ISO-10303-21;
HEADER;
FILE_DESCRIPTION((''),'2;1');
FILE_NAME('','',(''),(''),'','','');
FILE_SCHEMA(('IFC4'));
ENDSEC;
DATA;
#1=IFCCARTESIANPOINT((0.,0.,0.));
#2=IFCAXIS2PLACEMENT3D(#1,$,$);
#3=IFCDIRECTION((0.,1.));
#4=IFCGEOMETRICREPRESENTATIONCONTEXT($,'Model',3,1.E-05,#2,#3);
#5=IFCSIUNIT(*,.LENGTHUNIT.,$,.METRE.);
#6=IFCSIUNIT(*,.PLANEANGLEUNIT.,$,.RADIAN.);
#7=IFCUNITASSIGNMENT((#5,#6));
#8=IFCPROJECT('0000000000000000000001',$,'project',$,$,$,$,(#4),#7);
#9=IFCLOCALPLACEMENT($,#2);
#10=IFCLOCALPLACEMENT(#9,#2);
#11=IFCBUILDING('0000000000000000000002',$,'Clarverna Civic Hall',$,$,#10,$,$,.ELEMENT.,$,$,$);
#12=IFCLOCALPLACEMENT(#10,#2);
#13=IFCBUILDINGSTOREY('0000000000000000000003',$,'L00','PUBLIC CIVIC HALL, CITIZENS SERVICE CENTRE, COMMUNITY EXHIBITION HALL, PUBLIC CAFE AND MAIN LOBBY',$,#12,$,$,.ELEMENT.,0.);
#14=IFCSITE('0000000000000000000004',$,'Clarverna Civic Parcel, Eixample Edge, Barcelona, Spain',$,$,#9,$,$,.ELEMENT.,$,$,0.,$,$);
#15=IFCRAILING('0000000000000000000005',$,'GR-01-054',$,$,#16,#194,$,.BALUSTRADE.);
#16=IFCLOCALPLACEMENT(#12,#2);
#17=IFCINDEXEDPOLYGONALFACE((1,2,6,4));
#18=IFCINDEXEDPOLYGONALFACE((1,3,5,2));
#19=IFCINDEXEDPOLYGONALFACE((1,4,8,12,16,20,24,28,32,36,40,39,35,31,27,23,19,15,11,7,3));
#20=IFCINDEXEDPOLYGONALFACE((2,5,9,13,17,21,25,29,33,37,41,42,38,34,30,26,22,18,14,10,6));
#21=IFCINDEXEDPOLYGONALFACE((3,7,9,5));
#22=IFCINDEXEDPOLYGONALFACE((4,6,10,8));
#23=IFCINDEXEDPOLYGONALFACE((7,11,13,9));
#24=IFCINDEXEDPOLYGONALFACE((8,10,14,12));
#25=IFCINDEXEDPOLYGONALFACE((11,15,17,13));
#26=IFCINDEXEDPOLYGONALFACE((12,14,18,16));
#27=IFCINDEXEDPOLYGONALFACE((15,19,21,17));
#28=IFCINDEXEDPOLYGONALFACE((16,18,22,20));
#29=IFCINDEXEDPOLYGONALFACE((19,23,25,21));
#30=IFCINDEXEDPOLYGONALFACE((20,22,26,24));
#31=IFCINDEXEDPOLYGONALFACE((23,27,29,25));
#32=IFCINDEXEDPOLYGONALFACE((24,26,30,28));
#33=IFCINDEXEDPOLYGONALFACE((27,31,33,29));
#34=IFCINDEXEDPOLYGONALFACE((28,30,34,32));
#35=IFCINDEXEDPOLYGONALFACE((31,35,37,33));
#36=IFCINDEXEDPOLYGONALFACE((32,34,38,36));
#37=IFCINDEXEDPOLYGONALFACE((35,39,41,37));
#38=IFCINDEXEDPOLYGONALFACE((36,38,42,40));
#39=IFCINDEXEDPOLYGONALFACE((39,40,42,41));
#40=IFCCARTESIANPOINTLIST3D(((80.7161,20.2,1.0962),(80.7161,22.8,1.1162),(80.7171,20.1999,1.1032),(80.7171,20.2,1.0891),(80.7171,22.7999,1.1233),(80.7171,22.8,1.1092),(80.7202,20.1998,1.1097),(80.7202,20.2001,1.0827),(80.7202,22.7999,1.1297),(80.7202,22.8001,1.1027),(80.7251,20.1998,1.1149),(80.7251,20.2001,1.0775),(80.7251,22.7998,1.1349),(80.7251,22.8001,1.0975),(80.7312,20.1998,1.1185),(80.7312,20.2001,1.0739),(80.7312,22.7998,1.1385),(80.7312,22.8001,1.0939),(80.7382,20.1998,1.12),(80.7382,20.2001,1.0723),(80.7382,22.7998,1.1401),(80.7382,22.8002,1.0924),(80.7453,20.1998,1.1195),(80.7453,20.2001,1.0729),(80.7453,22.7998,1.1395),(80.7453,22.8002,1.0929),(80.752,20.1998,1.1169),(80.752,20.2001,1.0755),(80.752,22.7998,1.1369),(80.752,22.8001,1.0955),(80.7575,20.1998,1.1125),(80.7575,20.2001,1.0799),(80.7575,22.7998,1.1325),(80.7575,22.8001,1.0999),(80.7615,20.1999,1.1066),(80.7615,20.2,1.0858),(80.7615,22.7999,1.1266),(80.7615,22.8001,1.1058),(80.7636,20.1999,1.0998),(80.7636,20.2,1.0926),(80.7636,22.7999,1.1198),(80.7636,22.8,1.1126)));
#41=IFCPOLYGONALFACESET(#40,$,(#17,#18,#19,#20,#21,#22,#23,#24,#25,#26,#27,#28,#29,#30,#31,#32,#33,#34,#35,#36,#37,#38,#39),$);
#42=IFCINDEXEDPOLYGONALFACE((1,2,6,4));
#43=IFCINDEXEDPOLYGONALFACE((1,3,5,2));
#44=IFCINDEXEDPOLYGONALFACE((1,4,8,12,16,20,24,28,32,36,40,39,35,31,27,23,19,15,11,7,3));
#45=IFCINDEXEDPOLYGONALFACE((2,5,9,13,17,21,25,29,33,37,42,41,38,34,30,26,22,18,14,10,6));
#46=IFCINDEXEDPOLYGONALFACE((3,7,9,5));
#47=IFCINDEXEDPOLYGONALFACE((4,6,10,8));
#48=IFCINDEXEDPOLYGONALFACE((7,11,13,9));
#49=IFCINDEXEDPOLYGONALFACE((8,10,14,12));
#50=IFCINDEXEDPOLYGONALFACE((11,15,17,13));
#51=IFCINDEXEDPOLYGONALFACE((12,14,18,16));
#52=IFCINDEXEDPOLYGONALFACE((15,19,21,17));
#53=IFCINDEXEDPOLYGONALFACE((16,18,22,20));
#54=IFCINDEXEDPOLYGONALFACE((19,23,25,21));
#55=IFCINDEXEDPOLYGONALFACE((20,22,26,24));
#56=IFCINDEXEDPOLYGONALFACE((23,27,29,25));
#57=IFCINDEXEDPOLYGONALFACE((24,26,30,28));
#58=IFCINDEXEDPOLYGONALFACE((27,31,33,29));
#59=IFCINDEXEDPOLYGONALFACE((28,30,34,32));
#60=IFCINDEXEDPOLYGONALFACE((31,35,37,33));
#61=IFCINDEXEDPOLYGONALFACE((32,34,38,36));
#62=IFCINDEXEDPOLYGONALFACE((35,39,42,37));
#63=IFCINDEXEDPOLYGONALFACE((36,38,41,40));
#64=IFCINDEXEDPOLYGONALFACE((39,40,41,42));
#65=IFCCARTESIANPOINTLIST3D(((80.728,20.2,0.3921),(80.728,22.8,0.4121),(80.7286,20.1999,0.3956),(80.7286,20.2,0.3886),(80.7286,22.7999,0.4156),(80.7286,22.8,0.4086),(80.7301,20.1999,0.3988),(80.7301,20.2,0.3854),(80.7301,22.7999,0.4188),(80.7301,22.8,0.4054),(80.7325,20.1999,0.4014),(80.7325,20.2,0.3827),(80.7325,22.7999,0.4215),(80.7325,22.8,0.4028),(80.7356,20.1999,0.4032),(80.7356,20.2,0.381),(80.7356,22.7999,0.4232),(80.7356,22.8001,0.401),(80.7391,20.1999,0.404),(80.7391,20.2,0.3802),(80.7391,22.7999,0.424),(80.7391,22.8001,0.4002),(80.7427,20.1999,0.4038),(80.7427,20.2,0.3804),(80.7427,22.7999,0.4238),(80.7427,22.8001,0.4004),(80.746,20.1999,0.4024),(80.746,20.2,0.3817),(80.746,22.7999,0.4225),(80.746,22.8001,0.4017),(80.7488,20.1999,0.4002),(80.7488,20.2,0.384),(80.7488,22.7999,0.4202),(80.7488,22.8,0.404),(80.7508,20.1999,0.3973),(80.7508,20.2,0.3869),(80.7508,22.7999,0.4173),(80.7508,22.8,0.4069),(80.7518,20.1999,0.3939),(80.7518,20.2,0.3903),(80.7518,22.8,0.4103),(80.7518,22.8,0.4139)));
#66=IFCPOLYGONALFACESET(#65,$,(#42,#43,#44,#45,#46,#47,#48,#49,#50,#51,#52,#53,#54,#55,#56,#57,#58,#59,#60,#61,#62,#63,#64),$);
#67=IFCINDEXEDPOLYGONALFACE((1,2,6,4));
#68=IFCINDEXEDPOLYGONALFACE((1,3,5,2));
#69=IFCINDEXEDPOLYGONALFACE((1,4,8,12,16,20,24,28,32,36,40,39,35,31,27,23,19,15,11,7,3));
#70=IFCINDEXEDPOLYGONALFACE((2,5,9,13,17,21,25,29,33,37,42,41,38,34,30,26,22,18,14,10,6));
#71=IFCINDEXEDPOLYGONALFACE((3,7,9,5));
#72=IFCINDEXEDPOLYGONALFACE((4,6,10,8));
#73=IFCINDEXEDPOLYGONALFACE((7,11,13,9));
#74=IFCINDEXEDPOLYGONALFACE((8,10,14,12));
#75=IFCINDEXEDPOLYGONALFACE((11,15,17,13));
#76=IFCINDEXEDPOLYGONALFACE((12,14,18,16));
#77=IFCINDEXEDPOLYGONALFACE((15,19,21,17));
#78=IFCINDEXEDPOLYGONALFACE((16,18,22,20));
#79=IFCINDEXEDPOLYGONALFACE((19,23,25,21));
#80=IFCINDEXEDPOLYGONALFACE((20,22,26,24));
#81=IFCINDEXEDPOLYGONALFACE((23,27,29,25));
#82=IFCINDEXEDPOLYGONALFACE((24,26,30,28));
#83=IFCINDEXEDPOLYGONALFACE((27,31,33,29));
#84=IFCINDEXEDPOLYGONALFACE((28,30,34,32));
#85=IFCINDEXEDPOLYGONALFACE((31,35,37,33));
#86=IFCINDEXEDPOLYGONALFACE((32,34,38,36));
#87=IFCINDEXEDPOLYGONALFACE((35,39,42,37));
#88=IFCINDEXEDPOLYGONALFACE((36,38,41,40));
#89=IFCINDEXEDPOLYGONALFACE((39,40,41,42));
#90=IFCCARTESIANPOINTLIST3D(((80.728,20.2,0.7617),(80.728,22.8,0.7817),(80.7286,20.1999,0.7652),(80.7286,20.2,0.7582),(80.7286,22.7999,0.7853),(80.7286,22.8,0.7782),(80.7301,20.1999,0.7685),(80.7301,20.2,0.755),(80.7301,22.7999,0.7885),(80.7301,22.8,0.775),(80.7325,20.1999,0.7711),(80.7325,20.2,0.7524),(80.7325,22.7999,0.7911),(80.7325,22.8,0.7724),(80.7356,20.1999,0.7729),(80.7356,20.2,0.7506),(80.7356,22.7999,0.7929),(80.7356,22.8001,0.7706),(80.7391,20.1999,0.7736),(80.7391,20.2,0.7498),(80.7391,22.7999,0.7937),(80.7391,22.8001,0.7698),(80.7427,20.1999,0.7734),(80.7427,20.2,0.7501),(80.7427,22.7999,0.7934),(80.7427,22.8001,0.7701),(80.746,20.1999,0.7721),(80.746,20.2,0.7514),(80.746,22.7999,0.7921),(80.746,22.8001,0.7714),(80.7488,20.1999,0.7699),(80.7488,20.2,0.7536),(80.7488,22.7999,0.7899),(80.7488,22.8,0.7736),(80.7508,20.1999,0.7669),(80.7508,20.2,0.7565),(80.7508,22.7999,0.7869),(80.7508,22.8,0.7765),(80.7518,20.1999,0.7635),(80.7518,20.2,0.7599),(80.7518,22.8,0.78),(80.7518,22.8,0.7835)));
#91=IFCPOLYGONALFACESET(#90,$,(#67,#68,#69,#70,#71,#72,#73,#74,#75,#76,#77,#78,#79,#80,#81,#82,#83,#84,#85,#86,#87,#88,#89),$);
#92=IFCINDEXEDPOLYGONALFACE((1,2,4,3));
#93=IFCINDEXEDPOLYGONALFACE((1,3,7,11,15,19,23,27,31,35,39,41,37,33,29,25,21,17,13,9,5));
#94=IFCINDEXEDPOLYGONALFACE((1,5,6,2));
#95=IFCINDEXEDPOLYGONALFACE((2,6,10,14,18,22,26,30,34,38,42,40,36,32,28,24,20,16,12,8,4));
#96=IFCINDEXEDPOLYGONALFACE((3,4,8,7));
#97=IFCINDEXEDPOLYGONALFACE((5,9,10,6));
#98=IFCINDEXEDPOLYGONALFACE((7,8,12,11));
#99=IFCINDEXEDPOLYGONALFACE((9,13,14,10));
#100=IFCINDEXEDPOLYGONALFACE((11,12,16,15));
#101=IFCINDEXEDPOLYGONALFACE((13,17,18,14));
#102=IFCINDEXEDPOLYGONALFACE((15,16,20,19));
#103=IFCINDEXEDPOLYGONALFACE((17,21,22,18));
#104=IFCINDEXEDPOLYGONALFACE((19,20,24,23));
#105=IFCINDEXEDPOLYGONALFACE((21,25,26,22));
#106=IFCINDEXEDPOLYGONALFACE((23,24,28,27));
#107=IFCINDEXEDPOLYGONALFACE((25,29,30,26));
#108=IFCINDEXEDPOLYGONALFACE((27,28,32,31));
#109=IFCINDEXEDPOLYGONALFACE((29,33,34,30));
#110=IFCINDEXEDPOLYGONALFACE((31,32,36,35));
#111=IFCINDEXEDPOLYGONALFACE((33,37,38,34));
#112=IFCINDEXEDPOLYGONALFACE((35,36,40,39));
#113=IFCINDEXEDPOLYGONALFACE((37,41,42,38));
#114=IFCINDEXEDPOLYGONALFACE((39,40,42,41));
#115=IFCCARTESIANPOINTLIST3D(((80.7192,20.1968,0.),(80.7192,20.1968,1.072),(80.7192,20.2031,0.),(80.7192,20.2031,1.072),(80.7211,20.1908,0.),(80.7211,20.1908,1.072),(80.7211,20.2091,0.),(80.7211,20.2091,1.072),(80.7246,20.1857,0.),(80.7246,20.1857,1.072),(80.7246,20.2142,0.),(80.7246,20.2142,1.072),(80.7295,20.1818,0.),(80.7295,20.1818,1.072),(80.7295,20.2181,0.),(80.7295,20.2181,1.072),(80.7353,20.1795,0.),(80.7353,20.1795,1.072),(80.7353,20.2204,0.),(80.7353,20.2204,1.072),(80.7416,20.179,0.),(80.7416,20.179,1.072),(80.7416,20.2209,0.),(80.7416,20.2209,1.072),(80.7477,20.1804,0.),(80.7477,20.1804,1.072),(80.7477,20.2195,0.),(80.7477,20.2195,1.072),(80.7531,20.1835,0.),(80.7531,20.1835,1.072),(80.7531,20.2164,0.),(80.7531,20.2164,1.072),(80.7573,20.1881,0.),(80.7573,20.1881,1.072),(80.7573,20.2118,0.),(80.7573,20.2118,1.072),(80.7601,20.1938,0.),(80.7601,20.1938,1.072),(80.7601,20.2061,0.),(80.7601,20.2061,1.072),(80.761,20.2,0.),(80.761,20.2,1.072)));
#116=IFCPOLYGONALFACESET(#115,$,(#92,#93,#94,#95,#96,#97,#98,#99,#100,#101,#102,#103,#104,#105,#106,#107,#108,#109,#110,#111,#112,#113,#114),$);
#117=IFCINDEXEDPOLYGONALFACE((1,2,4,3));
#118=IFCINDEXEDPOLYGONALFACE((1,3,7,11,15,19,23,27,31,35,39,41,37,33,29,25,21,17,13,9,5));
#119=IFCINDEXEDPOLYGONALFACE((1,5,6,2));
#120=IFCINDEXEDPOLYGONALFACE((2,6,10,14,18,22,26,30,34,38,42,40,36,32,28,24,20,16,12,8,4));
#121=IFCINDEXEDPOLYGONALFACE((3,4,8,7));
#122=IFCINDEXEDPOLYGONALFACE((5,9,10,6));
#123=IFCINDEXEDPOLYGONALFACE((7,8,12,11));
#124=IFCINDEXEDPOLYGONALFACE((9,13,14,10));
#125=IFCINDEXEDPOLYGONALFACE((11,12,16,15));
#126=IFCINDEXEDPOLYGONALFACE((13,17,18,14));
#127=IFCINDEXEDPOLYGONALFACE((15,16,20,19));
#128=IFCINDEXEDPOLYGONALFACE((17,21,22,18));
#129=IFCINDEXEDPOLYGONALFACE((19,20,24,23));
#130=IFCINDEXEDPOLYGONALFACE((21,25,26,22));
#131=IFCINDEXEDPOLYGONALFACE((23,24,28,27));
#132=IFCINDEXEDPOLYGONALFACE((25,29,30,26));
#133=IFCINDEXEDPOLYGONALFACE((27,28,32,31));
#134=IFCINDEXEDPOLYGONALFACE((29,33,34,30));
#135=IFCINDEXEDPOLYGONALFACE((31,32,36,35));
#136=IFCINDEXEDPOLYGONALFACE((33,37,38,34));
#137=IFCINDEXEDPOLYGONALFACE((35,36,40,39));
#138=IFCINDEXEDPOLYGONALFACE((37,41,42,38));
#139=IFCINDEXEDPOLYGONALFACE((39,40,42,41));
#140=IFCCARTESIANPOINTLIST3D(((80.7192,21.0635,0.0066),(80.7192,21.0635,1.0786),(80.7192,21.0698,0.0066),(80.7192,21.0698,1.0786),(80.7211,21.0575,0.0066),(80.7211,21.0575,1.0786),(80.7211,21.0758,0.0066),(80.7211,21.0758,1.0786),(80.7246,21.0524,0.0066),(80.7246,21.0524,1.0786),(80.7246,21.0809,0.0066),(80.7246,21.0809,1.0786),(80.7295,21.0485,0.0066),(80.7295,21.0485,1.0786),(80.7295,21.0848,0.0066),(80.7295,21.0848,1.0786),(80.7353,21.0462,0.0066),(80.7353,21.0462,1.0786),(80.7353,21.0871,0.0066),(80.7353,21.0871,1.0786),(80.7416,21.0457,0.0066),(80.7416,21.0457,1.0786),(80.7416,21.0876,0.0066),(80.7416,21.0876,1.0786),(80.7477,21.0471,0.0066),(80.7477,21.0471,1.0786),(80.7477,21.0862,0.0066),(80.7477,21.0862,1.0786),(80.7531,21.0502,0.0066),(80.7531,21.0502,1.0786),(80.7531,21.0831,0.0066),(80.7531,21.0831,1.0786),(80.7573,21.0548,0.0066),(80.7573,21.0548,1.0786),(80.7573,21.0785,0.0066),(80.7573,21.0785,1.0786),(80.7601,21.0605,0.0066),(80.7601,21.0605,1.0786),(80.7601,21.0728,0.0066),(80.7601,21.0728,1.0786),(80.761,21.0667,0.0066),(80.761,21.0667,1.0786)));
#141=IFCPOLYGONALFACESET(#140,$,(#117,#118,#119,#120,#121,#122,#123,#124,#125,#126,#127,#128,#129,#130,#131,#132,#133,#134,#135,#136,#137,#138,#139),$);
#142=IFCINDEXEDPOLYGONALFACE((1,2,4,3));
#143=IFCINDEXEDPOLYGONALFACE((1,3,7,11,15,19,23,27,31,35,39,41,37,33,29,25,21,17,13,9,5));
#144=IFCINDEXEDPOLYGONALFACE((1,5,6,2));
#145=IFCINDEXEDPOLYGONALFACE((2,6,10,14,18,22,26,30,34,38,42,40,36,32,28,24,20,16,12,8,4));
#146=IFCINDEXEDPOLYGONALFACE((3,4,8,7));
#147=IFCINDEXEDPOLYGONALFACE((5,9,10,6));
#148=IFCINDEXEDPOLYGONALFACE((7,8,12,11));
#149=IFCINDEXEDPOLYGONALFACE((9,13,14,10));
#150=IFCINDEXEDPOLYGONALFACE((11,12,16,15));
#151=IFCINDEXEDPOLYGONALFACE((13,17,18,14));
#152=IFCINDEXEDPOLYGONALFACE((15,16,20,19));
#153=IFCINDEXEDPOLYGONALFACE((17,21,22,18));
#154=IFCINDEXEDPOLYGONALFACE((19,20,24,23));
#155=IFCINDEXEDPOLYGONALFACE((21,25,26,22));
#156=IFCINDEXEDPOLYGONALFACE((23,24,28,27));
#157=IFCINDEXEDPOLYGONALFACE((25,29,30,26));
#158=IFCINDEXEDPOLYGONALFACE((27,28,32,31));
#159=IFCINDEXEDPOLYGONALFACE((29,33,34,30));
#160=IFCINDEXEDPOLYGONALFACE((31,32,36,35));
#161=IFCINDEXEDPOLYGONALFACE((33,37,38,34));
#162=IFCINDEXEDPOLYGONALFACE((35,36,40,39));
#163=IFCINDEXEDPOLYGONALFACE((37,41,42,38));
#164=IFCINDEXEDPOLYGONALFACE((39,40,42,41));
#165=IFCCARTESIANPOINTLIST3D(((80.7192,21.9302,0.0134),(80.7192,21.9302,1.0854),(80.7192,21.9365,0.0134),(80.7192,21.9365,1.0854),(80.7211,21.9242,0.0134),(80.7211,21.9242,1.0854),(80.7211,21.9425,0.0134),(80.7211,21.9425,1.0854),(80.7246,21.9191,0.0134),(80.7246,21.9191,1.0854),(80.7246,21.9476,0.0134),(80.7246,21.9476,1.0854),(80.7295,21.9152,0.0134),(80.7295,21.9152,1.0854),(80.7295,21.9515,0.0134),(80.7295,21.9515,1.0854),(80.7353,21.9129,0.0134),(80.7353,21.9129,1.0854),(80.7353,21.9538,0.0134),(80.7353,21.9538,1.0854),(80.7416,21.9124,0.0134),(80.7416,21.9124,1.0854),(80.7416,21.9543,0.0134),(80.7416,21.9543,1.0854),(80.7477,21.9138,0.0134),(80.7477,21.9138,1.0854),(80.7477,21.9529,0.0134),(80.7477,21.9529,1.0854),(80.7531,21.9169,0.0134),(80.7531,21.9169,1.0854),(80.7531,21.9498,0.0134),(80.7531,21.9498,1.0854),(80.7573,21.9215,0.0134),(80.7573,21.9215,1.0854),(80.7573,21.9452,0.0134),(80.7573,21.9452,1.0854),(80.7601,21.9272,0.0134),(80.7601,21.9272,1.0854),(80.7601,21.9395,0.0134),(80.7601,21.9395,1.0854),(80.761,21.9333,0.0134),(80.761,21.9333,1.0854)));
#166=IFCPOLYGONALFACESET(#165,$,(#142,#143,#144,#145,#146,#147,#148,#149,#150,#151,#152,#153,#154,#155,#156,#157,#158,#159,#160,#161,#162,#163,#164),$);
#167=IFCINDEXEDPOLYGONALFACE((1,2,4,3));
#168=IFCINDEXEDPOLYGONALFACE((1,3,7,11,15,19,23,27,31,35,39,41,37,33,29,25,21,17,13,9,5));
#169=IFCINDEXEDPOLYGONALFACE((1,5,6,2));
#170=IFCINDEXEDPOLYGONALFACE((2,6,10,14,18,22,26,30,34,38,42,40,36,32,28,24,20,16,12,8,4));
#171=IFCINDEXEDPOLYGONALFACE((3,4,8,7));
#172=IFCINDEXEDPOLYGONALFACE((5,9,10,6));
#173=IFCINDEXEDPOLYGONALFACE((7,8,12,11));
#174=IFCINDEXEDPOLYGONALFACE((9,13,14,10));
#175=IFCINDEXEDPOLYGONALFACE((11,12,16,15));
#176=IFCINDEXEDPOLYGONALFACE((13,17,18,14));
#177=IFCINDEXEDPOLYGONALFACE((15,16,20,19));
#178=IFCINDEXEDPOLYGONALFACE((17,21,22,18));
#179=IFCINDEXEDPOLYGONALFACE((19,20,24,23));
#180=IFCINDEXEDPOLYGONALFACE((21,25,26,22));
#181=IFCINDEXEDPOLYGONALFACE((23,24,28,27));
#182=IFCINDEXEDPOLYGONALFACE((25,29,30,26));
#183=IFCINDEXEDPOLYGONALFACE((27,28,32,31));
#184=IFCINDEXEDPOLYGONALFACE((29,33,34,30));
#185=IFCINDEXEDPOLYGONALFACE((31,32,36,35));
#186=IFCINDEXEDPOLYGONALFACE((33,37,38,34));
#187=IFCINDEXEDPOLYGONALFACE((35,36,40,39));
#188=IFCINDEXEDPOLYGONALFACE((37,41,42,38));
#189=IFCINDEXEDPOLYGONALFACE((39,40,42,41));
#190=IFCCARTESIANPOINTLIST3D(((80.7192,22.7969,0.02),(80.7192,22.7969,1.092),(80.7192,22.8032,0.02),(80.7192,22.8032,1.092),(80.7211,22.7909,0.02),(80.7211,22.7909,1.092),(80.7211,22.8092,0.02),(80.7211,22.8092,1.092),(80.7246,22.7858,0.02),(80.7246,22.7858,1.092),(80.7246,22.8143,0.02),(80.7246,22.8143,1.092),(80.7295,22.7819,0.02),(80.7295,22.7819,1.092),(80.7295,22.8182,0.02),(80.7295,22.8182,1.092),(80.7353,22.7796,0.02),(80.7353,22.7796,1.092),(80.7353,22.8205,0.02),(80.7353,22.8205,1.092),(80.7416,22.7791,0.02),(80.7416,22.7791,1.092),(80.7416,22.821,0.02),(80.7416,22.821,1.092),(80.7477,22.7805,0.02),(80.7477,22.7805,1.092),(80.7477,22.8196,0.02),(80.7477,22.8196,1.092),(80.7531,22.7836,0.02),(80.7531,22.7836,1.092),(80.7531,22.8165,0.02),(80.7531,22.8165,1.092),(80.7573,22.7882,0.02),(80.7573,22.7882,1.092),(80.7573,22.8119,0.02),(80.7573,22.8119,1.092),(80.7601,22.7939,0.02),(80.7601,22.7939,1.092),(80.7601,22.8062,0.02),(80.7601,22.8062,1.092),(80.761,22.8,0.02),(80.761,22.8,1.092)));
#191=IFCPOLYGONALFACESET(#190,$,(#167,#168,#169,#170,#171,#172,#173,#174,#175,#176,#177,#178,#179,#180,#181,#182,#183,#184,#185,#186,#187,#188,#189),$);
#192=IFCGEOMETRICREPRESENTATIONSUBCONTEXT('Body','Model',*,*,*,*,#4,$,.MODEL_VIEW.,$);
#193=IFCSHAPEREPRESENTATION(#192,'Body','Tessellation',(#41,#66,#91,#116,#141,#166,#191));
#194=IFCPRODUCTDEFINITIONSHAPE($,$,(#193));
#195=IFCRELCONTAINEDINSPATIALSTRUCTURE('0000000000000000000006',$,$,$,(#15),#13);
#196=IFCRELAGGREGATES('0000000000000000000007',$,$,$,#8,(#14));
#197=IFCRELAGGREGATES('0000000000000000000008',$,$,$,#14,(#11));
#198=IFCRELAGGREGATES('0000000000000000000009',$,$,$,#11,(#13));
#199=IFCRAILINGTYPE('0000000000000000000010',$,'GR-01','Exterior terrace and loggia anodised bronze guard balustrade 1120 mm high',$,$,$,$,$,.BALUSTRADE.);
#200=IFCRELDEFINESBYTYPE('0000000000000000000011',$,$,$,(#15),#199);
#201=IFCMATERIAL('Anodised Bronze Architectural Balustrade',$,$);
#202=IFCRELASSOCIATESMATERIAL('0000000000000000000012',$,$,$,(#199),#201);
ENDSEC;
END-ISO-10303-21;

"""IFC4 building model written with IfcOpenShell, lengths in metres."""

from ifc_helpers import new_model, si_unit, direction, frame, origin, origin_2d, place, context, subcontext, project, spatial, circle, extrude, material, type_object, element, save


model = new_model("IFC4")

# Units and contexts
model_context = context("Model", 3, precision=1e-05, world=origin(), true_north=direction((0.0, 1.0)))
body_context = subcontext(model_context, "Body", "Model", "MODEL_VIEW")
ifc_project = project(units=[si_unit("LENGTHUNIT", "METRE"), si_unit("PLANEANGLEUNIT", "RADIAN")], contexts=[model_context])

# Site, building, storey
site_placement = place(None, origin())
site = spatial("IfcSite", under=ifc_project, at=site_placement, Name="Clarverna Civic Parcel, Eixample Edge, Barcelona, Spain", CompositionType="ELEMENT", RefElevation=0.0)
building_placement = place(site_placement, origin())
building = spatial("IfcBuilding", under=site, at=building_placement, Name="Clarverna Civic Hall", CompositionType="ELEMENT")
storey_placement = place(building_placement, origin())
storey = spatial("IfcBuildingStorey", under=building, at=storey_placement, Name="L00", Description="PUBLIC CIVIC HALL, CITIZENS SERVICE CENTRE, COMMUNITY EXHIBITION HALL, PUBLIC CAFE AND MAIN LOBBY", CompositionType="ELEMENT", Elevation=0.0)

# Railing
ifc_material_1 = material(Name="Anodised Bronze Architectural Balustrade")
railing_type = type_object("IfcRailingType", Name="GR-01", Description="Exterior terrace and loggia anodised bronze guard balustrade 1120 mm high", PredefinedType="BALUSTRADE", material=ifc_material_1)
for number, where, name in (
    (1, (80.74, 20.2, 0.0), "GR-01-054"),
):
    element("IfcRailing", number, at=place(storey_placement, frame(where)), inside=storey, type_object=railing_type, Name=name, PredefinedType="BALUSTRADE", context=body_context, shape_type="SweptSolid", body=[
        extrude(circle(Radius=0.0239, at=origin_2d()), frame((0.0, 0.0, 1.0962), z_axis=(0.0, 0.99997, 0.007699), x_axis=(-1.0, 0.0, 0.0)), (0.0, 0.0, 1.0), 2.6001),
        extrude(circle(Radius=0.012, at=origin_2d()), frame((0.0, 0.0, 0.3921), z_axis=(0.0, 0.99997, 0.007699), x_axis=(-1.0, 0.0, 0.0)), (0.0, 0.0, 1.0), 2.6001),
        extrude(circle(Radius=0.012, at=origin_2d()), frame((0.0, 0.0, 0.7617), z_axis=(0.0, 0.99997, 0.007699), x_axis=(-1.0, 0.0, 0.0)), (0.0, 0.0, 1.0), 2.6001),
        extrude(circle(Radius=0.021, at=origin_2d()), origin(), (0.0, 0.0, 1.0), 1.072),
        extrude(circle(Radius=0.021, at=origin_2d()), frame((0.0, 0.8667, 0.0066)), (0.0, 0.0, 1.0), 1.072),
        extrude(circle(Radius=0.021, at=origin_2d()), frame((0.0, 1.7334, 0.0134)), (0.0, 0.0, 1.0), 1.072),
        extrude(circle(Radius=0.021, at=origin_2d()), frame((0.0, 2.6001, 0.02)), (0.0, 0.0, 1.0), 1.072),
    ])

save(model, "model.ifc")
